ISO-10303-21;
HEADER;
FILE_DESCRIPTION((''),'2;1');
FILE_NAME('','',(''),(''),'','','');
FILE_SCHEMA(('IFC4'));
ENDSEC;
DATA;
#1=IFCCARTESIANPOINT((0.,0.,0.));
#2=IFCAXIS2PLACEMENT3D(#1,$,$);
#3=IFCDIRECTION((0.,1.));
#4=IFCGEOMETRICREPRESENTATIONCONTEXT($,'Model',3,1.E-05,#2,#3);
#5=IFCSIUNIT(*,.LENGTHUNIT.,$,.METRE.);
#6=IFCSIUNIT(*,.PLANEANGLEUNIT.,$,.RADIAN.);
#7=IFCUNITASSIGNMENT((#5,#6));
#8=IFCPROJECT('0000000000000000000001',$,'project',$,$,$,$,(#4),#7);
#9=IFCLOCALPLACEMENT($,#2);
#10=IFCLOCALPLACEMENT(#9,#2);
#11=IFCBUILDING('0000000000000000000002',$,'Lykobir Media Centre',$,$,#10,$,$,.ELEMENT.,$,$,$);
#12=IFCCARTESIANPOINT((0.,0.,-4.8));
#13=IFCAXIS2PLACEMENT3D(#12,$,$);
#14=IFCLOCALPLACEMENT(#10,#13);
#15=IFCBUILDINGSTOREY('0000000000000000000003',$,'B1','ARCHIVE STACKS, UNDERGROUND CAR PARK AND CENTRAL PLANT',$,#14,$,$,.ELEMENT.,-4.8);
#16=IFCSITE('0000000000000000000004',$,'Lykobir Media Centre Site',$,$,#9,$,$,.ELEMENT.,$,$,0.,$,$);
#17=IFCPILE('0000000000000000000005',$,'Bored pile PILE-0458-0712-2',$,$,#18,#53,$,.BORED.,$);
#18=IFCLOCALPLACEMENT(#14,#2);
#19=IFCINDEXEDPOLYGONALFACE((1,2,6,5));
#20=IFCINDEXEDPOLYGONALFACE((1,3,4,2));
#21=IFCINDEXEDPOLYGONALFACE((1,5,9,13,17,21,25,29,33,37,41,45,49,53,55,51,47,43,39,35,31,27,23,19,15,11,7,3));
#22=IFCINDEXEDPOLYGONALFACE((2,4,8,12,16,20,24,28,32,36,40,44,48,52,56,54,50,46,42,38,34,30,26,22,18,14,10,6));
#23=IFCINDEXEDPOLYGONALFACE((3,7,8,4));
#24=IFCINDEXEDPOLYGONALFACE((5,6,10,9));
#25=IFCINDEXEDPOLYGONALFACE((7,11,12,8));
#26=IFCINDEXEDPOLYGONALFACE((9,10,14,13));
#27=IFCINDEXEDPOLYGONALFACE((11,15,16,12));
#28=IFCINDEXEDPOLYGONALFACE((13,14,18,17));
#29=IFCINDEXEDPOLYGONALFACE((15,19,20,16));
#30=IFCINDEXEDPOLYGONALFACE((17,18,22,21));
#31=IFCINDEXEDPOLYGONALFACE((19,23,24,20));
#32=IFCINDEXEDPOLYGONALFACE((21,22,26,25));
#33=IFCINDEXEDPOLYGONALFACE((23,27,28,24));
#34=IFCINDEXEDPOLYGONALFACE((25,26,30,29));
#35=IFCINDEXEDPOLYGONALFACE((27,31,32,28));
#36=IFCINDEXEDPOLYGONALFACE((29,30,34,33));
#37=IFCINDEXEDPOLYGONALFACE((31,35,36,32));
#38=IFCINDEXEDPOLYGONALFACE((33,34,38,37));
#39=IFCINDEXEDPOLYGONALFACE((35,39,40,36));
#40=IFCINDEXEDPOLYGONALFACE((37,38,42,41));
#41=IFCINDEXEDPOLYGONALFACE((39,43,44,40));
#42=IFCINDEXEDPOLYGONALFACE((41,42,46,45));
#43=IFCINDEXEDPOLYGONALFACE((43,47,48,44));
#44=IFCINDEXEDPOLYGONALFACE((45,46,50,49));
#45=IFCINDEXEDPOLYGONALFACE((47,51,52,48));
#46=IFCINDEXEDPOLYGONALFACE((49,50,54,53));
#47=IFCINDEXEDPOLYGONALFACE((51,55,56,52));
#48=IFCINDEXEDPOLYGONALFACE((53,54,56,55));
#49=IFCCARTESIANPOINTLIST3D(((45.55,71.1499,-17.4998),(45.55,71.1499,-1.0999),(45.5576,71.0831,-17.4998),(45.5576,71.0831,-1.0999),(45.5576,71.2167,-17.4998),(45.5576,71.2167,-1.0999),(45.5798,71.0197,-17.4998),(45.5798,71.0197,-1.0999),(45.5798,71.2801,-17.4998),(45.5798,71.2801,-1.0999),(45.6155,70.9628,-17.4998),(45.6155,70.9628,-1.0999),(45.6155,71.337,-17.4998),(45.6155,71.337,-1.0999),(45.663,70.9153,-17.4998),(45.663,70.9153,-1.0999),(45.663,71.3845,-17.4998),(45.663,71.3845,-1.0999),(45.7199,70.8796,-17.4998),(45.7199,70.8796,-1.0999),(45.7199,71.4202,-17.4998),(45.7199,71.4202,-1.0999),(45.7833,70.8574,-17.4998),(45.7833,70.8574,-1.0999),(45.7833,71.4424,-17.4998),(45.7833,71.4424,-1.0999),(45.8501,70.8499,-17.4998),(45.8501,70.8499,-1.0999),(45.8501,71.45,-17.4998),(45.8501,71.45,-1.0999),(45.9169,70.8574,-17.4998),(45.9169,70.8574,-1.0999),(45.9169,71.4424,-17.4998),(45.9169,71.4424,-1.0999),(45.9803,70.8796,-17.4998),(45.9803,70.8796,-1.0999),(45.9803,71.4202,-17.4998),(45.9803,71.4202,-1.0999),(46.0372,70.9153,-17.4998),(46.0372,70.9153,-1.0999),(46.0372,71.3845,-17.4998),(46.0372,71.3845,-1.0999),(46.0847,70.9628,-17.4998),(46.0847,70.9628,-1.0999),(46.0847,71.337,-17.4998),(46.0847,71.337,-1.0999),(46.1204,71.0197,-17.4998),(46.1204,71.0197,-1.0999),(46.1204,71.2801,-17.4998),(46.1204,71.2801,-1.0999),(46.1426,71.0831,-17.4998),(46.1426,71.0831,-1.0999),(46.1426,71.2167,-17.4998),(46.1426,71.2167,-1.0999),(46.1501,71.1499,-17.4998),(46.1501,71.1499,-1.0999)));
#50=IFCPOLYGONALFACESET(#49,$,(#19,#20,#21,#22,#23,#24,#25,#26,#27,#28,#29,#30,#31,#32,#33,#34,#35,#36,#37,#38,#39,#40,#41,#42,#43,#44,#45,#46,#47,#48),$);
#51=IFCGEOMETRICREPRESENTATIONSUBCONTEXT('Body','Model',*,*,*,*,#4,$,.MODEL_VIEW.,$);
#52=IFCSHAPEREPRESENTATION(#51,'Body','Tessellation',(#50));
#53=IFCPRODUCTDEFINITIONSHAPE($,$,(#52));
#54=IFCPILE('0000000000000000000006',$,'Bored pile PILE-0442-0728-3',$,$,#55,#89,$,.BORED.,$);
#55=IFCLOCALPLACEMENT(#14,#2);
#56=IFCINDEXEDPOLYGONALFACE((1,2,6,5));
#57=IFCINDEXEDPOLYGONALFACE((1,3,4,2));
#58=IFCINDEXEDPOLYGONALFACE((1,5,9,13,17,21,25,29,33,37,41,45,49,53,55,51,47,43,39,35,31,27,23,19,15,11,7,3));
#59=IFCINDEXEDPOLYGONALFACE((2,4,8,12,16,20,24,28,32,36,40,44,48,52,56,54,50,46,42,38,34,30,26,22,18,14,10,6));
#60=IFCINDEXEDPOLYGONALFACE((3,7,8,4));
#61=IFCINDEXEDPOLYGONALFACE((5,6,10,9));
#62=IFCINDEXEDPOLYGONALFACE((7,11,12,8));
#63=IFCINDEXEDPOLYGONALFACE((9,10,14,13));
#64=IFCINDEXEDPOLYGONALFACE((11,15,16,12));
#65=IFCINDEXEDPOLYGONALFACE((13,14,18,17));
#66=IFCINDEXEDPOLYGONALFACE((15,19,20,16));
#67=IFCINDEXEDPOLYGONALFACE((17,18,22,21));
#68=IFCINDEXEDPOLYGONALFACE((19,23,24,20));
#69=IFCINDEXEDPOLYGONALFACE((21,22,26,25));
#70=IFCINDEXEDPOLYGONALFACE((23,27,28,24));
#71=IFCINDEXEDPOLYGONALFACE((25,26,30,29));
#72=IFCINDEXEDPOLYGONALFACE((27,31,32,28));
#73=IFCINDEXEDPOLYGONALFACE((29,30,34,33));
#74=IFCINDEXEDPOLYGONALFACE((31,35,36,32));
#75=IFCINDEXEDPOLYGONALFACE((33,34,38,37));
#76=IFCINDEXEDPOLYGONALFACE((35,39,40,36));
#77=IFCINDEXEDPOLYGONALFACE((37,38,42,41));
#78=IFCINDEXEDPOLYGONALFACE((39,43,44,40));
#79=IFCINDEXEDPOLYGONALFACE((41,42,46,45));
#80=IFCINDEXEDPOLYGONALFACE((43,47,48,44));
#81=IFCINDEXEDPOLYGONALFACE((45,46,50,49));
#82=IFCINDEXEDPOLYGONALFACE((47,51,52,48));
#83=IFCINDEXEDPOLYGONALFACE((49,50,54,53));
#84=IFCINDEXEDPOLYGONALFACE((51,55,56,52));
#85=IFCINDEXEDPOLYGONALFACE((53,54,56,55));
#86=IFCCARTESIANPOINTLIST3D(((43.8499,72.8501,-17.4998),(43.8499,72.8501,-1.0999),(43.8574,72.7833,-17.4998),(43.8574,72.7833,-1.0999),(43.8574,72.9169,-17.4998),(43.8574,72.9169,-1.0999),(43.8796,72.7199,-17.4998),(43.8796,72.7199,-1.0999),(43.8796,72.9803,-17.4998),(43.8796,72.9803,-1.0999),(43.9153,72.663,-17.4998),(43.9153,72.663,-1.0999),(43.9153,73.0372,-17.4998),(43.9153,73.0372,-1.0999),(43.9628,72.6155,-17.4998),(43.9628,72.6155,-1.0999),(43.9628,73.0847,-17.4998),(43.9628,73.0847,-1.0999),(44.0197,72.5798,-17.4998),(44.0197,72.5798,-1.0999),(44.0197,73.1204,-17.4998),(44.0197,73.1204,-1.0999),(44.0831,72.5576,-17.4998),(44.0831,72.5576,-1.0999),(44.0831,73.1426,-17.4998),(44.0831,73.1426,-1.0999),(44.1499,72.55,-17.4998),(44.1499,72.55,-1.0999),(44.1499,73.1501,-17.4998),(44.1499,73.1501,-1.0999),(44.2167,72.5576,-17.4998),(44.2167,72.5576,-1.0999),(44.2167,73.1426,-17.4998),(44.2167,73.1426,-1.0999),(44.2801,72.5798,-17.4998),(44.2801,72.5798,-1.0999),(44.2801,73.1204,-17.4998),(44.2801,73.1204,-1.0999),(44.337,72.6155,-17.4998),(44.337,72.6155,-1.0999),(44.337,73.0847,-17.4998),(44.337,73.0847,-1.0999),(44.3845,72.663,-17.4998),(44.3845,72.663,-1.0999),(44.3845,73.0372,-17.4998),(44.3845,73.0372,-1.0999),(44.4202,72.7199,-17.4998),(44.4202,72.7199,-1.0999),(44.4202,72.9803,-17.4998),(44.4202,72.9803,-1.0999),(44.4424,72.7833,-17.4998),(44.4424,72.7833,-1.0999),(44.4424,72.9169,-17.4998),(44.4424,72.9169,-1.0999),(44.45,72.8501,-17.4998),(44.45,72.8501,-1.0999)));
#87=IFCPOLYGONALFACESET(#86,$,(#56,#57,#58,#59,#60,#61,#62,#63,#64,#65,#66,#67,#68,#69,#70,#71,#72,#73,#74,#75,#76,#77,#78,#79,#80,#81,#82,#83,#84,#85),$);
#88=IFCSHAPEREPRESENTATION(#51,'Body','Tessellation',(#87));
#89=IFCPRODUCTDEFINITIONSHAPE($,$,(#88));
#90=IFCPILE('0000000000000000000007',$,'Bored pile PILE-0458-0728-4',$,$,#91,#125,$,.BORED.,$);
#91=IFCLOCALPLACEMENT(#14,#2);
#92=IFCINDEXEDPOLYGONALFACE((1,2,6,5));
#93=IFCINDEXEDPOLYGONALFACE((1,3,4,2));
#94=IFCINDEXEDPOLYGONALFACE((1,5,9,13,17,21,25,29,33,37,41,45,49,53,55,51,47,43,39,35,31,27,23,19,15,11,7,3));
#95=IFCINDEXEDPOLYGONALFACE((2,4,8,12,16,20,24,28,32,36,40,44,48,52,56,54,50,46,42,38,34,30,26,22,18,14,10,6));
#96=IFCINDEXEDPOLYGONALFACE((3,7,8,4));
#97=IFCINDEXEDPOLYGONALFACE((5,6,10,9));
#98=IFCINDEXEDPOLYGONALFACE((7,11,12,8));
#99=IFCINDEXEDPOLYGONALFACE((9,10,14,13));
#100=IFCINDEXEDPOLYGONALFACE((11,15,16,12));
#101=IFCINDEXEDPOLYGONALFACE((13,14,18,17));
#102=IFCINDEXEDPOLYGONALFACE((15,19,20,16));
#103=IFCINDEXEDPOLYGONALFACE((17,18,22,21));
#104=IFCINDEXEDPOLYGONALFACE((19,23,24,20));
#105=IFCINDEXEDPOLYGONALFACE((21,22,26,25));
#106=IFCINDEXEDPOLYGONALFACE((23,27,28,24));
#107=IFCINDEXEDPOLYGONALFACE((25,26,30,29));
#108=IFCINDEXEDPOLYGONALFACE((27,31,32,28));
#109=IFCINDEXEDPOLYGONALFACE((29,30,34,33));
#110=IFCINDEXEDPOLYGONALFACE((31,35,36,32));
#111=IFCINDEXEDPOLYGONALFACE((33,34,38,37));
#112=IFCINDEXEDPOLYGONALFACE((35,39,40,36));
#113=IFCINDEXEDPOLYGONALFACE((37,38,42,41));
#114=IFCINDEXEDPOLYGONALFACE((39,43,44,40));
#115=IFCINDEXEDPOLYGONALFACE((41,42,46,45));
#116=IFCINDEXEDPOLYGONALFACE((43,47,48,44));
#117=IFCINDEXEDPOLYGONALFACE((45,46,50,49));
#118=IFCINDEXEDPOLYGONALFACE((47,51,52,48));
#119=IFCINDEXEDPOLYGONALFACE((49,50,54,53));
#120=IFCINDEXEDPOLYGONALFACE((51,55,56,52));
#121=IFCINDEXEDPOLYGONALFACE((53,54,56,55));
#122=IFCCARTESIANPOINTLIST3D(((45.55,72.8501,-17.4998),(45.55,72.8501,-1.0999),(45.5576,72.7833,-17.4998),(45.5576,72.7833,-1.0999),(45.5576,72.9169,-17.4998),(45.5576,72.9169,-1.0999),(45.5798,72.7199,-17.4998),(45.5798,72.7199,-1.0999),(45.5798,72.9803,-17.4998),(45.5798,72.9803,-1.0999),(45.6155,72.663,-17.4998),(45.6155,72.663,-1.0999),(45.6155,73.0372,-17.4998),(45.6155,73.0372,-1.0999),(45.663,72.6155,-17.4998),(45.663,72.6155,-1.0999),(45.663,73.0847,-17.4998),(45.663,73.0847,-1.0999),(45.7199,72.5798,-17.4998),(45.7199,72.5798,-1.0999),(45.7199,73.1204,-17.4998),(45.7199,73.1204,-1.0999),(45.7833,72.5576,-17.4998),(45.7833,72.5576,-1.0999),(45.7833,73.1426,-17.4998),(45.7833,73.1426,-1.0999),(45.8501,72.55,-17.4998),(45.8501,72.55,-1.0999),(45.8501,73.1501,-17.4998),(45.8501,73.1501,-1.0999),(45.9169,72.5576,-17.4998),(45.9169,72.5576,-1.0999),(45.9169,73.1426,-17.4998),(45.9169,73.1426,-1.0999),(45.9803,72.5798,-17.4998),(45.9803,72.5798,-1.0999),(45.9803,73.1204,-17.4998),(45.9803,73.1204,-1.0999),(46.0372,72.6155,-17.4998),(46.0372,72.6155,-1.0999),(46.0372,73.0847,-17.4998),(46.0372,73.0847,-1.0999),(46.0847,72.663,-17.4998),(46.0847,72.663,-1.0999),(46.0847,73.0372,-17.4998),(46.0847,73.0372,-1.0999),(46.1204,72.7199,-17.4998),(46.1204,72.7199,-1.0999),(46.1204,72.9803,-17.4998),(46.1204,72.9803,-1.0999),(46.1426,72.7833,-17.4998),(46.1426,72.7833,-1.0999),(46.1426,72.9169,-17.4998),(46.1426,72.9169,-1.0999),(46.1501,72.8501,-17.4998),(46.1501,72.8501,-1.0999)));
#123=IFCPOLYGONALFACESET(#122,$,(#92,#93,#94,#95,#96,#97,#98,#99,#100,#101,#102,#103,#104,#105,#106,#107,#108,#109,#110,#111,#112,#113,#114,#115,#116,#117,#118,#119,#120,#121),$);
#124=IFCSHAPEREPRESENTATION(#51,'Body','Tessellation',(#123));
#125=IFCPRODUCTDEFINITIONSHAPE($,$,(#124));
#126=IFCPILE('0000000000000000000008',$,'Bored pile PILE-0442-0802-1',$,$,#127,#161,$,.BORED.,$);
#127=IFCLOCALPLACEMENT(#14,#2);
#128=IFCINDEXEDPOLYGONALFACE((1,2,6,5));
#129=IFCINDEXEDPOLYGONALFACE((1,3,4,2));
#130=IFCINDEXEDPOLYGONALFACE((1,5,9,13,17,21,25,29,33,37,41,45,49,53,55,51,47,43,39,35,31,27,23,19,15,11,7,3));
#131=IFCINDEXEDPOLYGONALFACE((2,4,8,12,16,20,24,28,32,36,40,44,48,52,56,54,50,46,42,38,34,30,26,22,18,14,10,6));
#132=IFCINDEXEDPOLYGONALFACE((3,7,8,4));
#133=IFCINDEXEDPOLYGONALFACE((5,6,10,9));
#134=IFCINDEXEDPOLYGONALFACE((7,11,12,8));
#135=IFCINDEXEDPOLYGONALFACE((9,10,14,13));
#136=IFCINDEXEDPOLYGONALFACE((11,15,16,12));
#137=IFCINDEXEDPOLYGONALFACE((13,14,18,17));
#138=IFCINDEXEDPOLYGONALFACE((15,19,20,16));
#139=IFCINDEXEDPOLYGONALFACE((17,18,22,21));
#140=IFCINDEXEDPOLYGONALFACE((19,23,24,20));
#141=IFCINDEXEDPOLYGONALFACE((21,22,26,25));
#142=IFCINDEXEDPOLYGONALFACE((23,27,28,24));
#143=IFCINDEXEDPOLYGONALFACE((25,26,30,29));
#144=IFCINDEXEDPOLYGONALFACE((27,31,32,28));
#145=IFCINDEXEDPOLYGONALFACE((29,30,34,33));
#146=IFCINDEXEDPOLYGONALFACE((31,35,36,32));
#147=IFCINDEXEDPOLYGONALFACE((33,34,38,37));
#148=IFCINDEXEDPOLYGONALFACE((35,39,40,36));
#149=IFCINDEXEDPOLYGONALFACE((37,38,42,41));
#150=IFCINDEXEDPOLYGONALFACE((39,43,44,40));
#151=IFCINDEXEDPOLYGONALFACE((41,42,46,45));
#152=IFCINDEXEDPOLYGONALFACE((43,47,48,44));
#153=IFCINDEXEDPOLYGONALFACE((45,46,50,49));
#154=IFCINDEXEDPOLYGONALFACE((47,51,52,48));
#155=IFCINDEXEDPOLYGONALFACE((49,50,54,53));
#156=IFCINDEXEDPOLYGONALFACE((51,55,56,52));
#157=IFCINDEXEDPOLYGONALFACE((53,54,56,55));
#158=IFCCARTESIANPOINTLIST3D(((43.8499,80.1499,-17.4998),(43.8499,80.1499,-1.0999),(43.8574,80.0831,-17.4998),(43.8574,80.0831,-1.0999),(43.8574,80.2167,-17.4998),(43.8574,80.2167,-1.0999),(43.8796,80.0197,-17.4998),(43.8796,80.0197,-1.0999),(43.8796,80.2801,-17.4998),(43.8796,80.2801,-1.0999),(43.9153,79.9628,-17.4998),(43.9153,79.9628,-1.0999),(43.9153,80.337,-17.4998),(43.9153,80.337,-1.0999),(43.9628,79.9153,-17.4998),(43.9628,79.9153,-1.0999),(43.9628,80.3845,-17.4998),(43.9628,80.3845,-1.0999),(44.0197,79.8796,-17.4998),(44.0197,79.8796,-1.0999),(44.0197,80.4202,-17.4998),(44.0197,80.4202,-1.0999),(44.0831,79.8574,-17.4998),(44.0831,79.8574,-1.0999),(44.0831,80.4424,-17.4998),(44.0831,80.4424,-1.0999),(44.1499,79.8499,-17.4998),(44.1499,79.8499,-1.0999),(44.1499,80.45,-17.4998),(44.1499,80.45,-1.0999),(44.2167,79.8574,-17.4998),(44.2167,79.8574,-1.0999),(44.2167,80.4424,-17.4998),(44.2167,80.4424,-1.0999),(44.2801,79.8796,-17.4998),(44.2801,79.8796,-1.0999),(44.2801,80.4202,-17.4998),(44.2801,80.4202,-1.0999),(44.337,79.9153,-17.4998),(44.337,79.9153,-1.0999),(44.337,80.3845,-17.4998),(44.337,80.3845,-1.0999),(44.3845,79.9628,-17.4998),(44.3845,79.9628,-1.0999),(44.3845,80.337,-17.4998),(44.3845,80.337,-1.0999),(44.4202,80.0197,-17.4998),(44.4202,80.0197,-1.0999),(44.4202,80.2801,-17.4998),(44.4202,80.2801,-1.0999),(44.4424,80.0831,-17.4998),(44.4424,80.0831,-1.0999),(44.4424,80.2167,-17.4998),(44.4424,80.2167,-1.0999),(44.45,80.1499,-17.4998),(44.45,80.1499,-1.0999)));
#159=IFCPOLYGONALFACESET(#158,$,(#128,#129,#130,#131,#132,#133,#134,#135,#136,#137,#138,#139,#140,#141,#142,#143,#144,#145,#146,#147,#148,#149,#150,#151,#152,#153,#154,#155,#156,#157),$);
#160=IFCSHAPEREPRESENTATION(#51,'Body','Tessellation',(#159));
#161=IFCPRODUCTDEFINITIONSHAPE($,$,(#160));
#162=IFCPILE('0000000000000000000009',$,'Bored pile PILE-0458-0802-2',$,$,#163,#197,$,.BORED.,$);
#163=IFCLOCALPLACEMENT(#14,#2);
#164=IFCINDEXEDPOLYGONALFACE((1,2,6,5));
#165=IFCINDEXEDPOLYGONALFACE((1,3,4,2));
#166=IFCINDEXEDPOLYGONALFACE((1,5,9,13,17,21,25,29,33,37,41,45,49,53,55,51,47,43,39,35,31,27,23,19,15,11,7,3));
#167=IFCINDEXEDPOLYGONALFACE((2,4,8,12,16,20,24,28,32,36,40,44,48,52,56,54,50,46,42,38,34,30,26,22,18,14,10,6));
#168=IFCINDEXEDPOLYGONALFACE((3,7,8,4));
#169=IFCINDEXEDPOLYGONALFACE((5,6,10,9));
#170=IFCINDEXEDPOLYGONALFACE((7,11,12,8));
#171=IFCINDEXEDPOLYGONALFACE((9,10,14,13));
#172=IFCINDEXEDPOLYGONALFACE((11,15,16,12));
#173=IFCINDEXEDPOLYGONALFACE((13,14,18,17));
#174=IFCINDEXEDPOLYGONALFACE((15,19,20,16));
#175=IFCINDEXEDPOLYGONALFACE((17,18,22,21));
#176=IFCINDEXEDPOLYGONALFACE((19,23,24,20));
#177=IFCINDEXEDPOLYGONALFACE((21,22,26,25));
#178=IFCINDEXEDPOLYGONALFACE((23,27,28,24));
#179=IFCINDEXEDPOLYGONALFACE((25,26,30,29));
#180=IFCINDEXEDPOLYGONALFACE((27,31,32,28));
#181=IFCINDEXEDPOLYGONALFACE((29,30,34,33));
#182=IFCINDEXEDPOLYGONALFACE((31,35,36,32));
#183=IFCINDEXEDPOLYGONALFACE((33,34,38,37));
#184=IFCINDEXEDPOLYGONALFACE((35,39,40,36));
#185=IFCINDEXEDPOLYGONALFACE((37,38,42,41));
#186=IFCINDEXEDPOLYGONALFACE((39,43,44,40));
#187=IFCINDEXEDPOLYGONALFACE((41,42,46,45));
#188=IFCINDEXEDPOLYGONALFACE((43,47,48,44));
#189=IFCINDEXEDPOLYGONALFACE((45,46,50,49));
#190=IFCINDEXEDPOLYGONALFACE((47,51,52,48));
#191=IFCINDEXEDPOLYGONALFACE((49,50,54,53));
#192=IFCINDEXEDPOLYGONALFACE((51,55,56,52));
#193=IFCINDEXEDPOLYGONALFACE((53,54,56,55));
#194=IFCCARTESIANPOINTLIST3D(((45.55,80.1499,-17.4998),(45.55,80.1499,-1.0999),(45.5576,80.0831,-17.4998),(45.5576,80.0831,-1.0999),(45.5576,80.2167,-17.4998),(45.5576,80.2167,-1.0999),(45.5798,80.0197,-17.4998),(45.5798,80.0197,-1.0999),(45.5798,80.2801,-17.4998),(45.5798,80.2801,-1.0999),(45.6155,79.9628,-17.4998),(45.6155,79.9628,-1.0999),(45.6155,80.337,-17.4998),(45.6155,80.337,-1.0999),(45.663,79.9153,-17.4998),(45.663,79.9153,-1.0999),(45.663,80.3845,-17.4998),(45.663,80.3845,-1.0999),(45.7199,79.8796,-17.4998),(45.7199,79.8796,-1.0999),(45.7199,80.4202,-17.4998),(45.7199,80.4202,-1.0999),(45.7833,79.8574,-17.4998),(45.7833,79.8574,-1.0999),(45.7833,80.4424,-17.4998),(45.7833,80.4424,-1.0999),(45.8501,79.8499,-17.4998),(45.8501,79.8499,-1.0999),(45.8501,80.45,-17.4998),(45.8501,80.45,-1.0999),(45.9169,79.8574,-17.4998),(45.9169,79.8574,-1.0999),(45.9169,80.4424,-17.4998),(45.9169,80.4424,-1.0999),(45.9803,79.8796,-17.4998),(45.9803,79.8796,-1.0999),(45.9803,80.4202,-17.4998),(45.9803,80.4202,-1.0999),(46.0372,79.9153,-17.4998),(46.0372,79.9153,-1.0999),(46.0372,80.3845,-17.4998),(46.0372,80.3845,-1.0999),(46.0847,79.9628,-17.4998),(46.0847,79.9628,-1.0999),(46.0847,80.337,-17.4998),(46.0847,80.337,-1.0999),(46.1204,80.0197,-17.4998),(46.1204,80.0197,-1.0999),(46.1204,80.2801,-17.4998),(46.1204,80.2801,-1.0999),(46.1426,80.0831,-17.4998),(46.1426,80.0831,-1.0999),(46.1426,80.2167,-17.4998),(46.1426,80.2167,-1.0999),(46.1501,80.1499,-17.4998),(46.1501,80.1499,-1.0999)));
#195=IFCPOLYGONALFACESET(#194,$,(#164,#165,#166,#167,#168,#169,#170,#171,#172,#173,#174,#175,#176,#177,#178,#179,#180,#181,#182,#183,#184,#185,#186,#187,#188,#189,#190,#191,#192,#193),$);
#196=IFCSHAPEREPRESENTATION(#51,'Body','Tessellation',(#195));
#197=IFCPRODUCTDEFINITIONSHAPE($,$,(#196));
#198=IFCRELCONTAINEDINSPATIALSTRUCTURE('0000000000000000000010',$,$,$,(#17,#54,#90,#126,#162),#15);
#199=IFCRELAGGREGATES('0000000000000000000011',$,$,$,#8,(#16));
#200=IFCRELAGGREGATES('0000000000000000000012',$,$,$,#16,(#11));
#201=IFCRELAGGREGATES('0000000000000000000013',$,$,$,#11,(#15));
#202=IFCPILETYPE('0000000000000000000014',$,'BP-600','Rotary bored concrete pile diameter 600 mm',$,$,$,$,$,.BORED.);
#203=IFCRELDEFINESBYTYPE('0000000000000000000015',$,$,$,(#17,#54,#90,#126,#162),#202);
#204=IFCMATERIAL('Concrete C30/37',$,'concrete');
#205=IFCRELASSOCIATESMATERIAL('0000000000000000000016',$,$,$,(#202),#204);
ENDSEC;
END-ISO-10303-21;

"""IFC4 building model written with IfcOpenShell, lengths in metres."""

from ifc_helpers import new_model, si_unit, direction, frame, origin, origin_2d, place, context, subcontext, project, spatial, circle, extrude, material, material_profile, profile_set, type_object, element, save


model = new_model("IFC4")

# Units and contexts
model_context = context("Model", 3, precision=1e-05, world=origin(), true_north=direction((0.0, 1.0)))
body_context = subcontext(model_context, "Body", "Model", "MODEL_VIEW")
ifc_project = project(units=[si_unit("LENGTHUNIT", "METRE"), si_unit("PLANEANGLEUNIT", "RADIAN")], contexts=[model_context])

# Site, building, storey
site_placement = place(None, origin())
site = spatial("IfcSite", under=ifc_project, at=site_placement, Name="Lykobir Media Centre Site", CompositionType="ELEMENT", RefElevation=0.0)
building_placement = place(site_placement, origin())
building = spatial("IfcBuilding", under=site, at=building_placement, Name="Lykobir Media Centre", CompositionType="ELEMENT")
storey_placement = place(building_placement, frame((0.0, 0.0, -4.8)))
storey = spatial("IfcBuildingStorey", under=building, at=storey_placement, Name="B1", Description="ARCHIVE STACKS, UNDERGROUND CAR PARK AND CENTRAL PLANT", CompositionType="ELEMENT", Elevation=-4.8)

# Piles
ifc_material_1 = material(Name="Concrete C30/37", Category="concrete")
ifc_material_profile_1 = material_profile(ifc_material_1, circle(Radius=0.3, at=origin_2d()), Name="BORED PILE D600")
ifc_profile_set_1 = profile_set([ifc_material_profile_1], Name="Concrete C30/37")
pile_type = type_object("IfcPileType", Name="BP-600", Description="Rotary bored concrete pile diameter 600 mm", PredefinedType="BORED", material=ifc_profile_set_1)
for number, where, z_axis, x_axis, name in (
    (1, (45.8501, 71.1499, -1.0999), (0.0, 0.0, -1.0), (1.0, 0.0, 0.0), "Bored pile PILE-0458-0712-2"),
    (2, (44.1499, 72.8501, -1.0999), (0.0, 0.0, -1.0), (1.0, 0.0, 0.0), "Bored pile PILE-0442-0728-3"),
    (3, (45.8501, 72.8501, -1.0999), (0.0, 0.0, -1.0), (1.0, 0.0, 0.0), "Bored pile PILE-0458-0728-4"),
    (4, (44.1499, 80.1499, -1.0999), (0.0, 0.0, -1.0), (1.0, 0.0, 0.0), "Bored pile PILE-0442-0802-1"),
    (5, (45.8501, 80.1499, -1.0999), (0.0, 0.0, -1.0), (1.0, 0.0, 0.0), "Bored pile PILE-0458-0802-2"),
):
    element("IfcPile", number, at=place(storey_placement, frame(where, z_axis=z_axis, x_axis=x_axis)), inside=storey, type_object=pile_type, Name=name, PredefinedType="BORED", context=body_context, shape_type="SweptSolid", body=[
        extrude(circle(Radius=0.3, at=origin_2d()), origin(), (0.0, 0.0, 1.0), 16.3999),
    ])

save(model, "model.ifc")
